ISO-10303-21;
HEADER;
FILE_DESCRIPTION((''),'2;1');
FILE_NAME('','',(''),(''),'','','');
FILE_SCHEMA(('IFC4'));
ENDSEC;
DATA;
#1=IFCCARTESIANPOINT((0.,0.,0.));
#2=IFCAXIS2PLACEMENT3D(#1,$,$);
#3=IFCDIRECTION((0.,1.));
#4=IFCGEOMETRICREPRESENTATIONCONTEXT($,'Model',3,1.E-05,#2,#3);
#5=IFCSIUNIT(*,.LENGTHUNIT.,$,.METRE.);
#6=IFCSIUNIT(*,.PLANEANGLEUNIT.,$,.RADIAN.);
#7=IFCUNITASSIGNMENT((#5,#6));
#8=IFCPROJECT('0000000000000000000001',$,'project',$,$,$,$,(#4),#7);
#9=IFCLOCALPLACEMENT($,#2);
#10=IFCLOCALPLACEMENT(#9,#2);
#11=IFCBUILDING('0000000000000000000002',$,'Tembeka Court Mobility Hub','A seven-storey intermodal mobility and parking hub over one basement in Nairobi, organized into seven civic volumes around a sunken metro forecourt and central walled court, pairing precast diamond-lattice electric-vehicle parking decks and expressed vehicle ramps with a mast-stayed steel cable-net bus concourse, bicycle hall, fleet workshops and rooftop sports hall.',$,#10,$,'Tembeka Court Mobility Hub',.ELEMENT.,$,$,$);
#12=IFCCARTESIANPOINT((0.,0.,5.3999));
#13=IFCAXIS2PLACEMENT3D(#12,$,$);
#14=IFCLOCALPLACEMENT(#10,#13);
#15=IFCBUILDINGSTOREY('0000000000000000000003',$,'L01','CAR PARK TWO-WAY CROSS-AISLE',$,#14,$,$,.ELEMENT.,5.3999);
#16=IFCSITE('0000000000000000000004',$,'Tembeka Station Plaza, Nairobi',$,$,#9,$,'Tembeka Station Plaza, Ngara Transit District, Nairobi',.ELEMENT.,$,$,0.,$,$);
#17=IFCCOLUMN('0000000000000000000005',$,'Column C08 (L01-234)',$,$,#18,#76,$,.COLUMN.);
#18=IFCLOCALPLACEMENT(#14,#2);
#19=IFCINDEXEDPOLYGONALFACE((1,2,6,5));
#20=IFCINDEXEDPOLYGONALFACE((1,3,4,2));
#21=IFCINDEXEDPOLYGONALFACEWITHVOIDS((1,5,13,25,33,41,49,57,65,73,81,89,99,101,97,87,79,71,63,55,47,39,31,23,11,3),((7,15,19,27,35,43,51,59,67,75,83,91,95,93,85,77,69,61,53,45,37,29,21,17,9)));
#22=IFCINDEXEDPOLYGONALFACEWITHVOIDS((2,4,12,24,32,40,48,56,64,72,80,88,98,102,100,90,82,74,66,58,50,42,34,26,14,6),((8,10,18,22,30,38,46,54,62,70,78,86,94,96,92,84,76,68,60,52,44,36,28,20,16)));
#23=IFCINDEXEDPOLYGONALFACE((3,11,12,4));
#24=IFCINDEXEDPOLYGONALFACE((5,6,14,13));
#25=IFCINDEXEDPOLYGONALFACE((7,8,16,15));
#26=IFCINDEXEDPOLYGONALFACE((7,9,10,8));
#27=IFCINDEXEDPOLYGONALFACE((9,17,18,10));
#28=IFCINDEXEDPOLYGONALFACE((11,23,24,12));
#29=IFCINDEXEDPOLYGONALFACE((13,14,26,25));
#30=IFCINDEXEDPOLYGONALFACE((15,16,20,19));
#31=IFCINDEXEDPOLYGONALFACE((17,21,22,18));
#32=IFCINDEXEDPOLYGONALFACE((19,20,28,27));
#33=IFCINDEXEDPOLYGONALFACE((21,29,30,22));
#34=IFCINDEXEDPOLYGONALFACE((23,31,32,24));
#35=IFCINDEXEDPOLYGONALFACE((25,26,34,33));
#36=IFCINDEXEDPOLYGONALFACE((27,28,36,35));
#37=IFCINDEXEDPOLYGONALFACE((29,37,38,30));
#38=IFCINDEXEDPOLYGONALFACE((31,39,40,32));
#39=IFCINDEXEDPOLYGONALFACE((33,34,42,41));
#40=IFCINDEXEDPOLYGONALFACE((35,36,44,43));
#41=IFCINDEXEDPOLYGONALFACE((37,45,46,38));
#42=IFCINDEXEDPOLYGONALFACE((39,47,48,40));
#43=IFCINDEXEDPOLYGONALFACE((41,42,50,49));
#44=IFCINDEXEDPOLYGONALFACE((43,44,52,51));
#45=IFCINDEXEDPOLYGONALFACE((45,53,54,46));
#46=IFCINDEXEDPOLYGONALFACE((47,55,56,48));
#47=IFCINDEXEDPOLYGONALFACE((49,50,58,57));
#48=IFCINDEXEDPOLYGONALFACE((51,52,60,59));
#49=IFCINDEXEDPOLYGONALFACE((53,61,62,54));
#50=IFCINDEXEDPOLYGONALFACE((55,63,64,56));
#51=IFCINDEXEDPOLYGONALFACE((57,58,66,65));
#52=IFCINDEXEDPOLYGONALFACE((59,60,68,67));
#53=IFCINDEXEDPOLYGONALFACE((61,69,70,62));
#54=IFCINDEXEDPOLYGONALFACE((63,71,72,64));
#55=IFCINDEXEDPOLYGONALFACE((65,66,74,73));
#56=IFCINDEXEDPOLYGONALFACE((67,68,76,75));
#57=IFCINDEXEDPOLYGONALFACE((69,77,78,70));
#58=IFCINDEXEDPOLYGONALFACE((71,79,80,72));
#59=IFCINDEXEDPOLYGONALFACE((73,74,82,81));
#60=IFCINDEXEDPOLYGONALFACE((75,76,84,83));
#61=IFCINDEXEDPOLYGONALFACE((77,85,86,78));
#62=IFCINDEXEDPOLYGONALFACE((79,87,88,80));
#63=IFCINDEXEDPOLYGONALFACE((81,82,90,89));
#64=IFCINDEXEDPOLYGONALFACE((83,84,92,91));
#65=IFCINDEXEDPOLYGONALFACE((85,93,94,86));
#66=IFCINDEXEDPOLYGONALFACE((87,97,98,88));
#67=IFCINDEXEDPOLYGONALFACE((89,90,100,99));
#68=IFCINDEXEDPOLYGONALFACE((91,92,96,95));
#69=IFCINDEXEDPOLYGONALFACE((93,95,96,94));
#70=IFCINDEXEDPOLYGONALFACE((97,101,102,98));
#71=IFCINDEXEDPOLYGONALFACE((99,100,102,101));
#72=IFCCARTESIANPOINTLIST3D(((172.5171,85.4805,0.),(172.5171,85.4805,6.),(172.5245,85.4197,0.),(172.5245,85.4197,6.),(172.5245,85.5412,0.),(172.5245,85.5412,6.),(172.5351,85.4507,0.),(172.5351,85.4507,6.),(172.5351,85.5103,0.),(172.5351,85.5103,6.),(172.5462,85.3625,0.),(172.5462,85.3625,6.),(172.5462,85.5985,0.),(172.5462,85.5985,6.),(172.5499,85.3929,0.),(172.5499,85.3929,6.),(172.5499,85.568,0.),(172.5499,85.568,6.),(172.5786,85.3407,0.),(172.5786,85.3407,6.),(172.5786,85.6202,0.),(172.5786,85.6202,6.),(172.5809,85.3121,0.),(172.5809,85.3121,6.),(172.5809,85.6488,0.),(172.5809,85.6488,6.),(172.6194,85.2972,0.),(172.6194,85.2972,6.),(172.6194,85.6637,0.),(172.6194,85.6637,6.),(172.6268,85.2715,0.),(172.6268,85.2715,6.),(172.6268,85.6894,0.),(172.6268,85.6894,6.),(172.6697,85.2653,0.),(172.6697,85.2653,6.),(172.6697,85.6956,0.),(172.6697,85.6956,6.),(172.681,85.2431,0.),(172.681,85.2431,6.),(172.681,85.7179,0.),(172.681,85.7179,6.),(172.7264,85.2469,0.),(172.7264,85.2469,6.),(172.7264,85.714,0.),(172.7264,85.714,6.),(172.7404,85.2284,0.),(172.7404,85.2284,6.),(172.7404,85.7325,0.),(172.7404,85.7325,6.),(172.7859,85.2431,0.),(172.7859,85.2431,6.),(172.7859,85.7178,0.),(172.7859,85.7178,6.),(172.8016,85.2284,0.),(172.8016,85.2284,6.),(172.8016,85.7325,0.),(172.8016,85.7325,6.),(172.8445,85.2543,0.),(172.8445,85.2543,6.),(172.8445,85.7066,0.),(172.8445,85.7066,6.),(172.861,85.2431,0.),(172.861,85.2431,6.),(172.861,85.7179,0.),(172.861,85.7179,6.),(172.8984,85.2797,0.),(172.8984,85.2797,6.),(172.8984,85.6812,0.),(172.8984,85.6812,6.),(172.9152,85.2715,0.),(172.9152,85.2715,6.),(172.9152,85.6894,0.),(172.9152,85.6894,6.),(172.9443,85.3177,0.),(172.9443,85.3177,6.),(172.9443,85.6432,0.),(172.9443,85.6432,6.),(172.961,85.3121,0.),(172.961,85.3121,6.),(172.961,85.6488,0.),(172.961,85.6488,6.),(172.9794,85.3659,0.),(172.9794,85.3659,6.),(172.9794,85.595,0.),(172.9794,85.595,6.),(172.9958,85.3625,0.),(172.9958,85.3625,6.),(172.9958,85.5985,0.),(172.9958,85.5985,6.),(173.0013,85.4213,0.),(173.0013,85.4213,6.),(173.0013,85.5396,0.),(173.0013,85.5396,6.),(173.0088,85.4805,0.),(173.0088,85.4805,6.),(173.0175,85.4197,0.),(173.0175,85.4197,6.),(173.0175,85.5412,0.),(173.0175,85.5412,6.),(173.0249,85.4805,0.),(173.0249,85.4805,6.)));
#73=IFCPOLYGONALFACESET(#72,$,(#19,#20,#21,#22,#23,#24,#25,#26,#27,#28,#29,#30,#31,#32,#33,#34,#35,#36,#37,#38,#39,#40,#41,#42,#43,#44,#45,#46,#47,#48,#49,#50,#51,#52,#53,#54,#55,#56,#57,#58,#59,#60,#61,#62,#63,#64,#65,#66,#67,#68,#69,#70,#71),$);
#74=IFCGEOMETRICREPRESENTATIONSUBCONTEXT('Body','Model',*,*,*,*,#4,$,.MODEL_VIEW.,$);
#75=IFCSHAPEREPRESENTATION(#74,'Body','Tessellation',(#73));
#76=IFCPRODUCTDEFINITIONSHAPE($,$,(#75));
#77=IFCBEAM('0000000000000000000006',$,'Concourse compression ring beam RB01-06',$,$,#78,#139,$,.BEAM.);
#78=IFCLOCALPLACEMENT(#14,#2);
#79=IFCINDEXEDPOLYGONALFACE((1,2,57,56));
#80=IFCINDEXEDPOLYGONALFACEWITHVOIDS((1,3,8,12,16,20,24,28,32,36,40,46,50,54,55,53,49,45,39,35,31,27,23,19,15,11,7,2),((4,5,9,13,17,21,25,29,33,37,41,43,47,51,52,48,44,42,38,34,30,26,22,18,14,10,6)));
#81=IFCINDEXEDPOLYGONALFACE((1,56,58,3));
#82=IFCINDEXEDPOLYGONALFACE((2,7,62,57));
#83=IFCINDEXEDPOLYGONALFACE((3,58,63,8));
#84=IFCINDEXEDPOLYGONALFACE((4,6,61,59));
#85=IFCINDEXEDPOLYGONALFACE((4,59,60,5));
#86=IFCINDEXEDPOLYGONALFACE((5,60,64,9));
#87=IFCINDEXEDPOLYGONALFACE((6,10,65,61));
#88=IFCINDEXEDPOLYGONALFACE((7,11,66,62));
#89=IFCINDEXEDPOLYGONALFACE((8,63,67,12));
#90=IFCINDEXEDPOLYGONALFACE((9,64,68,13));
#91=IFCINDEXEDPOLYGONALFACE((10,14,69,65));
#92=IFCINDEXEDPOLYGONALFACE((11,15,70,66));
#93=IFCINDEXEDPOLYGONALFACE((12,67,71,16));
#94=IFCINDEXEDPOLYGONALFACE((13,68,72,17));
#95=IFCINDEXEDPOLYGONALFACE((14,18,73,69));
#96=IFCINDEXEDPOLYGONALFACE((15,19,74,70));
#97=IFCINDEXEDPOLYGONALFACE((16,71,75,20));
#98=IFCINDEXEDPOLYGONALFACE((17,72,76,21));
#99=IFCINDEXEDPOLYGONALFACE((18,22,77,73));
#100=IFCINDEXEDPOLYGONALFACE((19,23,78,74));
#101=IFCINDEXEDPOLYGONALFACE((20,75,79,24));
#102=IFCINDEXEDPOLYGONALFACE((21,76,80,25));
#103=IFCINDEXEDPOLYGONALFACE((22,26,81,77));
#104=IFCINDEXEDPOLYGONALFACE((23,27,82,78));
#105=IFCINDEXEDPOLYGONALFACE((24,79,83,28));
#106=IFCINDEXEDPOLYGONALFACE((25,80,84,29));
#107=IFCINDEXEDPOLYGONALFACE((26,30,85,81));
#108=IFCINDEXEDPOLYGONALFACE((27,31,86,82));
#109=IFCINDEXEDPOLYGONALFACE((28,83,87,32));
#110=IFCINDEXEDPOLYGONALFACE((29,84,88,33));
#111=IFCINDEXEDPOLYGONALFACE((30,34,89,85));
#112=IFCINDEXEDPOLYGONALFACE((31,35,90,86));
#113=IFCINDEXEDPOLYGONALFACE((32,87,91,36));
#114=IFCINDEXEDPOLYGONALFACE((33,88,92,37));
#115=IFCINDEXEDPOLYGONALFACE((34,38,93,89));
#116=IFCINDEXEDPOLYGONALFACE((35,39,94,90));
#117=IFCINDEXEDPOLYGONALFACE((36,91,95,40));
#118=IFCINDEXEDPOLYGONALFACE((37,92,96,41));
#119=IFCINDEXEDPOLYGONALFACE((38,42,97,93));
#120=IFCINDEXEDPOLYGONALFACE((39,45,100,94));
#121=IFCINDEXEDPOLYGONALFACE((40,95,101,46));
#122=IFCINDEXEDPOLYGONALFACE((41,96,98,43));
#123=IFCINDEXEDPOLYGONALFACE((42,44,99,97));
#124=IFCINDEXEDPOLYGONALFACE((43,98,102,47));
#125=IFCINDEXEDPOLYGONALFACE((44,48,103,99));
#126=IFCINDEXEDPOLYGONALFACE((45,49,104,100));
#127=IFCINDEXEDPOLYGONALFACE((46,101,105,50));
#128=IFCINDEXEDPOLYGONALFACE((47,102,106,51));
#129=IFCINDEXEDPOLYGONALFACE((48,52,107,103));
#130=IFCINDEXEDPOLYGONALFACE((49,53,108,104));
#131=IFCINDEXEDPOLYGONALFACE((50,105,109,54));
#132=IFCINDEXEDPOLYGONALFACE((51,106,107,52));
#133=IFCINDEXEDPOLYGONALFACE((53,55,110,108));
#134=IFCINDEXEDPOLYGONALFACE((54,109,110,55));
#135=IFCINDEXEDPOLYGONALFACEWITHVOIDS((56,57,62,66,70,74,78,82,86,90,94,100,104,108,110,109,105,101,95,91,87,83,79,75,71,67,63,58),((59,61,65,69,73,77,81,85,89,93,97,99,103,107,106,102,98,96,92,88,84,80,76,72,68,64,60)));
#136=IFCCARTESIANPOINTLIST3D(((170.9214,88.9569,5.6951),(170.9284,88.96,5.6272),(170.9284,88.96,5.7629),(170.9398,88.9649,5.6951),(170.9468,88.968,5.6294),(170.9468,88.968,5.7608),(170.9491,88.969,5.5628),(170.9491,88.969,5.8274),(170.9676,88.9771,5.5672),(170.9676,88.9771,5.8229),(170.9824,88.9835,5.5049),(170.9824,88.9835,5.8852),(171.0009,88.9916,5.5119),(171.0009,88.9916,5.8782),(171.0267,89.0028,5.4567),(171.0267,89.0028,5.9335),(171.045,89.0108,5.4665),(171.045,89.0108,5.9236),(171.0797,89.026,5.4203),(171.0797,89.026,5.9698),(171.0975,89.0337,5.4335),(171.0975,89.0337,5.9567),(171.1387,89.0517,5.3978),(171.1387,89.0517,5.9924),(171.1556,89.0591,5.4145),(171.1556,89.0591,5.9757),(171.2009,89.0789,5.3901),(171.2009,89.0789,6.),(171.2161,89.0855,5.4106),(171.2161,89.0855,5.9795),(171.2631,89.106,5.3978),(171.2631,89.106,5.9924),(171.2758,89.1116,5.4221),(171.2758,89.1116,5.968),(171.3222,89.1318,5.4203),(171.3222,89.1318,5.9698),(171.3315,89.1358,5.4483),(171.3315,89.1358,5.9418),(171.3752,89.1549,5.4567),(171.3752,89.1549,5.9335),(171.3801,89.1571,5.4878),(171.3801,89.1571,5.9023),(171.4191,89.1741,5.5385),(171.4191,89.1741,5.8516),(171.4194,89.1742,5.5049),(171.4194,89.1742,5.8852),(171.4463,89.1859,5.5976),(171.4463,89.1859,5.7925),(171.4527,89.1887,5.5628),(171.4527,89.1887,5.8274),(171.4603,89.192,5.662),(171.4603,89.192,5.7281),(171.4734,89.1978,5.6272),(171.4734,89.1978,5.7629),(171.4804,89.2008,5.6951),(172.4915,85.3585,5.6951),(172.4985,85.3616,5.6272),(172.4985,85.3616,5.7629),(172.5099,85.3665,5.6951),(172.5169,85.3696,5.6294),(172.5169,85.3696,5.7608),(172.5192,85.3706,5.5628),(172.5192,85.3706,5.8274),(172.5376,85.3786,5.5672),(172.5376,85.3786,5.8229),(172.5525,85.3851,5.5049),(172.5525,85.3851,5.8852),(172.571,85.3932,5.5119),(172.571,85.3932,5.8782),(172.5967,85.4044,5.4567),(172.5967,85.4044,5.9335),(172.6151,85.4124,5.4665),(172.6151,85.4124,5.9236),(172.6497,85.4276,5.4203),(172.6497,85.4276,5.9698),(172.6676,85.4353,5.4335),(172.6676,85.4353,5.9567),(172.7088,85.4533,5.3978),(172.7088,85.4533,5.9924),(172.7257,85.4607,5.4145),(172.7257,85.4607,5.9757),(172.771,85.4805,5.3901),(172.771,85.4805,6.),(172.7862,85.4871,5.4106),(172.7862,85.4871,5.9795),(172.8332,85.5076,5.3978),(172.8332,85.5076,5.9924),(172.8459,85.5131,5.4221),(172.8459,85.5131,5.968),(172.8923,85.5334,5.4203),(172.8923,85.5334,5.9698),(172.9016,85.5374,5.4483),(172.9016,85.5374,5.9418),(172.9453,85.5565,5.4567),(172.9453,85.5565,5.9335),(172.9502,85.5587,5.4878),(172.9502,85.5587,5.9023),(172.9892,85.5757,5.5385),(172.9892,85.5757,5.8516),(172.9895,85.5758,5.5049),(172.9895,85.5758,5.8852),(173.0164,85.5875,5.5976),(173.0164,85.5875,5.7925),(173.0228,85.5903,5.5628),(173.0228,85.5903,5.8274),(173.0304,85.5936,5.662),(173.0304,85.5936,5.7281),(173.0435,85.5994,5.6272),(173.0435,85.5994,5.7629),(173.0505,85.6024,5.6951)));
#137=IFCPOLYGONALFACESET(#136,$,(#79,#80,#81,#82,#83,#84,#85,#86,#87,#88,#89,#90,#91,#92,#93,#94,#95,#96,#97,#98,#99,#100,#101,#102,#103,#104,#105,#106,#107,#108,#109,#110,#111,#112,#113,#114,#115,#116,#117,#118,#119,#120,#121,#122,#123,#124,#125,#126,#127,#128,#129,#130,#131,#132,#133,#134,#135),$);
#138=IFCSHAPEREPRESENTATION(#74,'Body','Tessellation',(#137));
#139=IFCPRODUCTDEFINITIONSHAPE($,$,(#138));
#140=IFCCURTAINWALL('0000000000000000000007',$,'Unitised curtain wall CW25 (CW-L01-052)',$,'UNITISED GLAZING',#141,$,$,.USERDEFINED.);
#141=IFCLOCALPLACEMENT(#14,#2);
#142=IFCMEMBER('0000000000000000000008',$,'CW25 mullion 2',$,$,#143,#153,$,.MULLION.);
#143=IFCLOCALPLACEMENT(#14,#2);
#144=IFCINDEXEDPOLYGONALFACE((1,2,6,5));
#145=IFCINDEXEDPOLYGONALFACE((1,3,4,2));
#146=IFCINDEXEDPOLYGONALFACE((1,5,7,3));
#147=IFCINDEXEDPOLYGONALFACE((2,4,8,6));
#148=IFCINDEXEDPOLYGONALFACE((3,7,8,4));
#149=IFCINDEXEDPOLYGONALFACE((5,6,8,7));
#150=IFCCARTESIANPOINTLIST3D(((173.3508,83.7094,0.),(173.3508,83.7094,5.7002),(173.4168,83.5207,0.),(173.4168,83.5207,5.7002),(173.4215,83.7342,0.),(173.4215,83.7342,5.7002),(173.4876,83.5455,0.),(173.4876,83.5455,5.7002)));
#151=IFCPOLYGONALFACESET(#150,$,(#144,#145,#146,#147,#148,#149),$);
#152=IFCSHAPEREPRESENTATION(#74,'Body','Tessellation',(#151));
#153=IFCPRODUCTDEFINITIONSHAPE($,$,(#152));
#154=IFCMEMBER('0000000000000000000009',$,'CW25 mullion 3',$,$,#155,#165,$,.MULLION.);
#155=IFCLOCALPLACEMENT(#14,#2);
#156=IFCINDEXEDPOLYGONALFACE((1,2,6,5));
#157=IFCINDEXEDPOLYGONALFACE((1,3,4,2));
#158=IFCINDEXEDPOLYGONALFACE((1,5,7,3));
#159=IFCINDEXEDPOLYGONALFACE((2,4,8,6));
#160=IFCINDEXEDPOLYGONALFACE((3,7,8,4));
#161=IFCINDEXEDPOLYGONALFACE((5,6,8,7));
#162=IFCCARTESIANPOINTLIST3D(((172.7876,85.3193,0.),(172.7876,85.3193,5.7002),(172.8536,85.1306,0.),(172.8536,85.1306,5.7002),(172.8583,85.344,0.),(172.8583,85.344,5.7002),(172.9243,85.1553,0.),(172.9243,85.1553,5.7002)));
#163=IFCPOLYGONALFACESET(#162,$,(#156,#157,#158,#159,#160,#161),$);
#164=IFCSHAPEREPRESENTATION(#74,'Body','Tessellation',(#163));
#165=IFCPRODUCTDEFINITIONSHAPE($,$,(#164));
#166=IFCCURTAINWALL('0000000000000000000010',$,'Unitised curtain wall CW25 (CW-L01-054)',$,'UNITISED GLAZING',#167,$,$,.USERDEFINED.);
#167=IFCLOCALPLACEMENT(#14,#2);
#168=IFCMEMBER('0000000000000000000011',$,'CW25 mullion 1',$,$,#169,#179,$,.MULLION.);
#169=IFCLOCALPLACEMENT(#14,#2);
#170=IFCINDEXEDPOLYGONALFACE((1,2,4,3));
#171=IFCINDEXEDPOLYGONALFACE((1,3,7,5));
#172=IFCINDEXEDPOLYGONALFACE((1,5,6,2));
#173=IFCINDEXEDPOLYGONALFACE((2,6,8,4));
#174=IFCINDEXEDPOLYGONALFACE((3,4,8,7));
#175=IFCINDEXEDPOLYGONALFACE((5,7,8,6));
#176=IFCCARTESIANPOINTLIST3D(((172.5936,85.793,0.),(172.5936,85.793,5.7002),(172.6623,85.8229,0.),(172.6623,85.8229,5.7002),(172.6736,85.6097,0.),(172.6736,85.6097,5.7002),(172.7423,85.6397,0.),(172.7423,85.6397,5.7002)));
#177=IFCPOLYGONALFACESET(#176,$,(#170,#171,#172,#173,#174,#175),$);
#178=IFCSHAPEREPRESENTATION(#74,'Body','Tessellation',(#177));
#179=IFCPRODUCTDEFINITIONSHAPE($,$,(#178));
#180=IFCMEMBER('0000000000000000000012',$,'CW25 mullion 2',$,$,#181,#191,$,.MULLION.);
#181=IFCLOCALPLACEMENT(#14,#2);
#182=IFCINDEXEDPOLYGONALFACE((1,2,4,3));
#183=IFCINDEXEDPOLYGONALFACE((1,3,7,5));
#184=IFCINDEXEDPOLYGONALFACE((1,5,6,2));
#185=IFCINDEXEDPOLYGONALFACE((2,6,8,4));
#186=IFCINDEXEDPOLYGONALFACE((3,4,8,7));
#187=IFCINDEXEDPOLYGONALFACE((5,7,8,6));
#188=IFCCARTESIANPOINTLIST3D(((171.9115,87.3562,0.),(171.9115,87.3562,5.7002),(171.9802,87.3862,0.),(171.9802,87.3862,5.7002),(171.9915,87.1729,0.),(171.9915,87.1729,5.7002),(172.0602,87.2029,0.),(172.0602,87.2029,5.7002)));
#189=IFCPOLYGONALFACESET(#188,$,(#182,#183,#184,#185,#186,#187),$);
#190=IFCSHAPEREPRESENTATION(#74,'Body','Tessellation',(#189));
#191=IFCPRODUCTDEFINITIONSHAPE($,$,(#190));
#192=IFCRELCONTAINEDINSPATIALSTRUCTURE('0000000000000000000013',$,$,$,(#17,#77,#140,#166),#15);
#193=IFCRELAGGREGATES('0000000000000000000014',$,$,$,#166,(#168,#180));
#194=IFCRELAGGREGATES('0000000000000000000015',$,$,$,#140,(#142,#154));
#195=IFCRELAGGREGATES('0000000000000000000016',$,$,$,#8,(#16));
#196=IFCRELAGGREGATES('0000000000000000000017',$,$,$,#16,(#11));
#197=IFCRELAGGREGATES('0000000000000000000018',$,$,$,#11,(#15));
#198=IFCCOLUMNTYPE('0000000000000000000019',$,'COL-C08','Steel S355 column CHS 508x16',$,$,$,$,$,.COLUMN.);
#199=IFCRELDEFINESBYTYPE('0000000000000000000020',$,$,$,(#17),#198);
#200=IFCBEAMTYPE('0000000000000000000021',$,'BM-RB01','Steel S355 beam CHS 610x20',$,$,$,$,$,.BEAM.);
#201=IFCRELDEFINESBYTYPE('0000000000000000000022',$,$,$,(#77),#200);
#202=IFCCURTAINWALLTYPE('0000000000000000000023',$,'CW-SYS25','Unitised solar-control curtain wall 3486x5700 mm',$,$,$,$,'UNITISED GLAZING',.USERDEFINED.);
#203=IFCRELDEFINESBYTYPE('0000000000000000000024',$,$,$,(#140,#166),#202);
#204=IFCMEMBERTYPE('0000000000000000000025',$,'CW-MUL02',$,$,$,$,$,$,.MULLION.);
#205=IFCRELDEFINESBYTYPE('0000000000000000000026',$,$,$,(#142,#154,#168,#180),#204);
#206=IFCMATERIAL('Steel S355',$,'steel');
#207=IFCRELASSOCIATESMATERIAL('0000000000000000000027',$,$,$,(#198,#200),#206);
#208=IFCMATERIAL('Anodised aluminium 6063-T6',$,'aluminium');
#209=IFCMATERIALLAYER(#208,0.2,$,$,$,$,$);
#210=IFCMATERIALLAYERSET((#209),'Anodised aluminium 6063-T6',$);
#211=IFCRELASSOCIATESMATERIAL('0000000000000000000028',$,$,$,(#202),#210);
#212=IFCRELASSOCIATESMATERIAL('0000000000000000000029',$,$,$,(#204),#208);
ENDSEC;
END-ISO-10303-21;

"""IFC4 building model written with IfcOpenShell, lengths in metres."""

from ifc_helpers import new_model, si_unit, direction, frame, origin, origin_2d, place, context, subcontext, project, spatial, rectangle, hollow_circle, extrude, material, layer, layer_set, material_profile, profile_set, type_object, element, aggregate, save


model = new_model("IFC4")

# Units and contexts
model_context = context("Model", 3, precision=1e-05, world=origin(), true_north=direction((0.0, 1.0)))
body_context = subcontext(model_context, "Body", "Model", "MODEL_VIEW")
ifc_project = project(units=[si_unit("LENGTHUNIT", "METRE"), si_unit("PLANEANGLEUNIT", "RADIAN")], contexts=[model_context])

# Site, building, storey
site_placement = place(None, origin())
site = spatial("IfcSite", under=ifc_project, at=site_placement, Name="Tembeka Station Plaza, Nairobi", LongName="Tembeka Station Plaza, Ngara Transit District, Nairobi", CompositionType="ELEMENT", RefElevation=0.0)
building_placement = place(site_placement, origin())
building = spatial("IfcBuilding", under=site, at=building_placement, Name="Tembeka Court Mobility Hub", Description="A seven-storey intermodal mobility and parking hub over one basement in Nairobi, organized into seven civic volumes around a sunken metro forecourt and central walled court, pairing precast diamond-lattice electric-vehicle parking decks and expressed vehicle ramps with a mast-stayed steel cable-net bus concourse, bicycle hall, fleet workshops and rooftop sports hall.", LongName="Tembeka Court Mobility Hub", CompositionType="ELEMENT")
storey_placement = place(building_placement, frame((0.0, 0.0, 5.3999)))
storey = spatial("IfcBuildingStorey", under=building, at=storey_placement, Name="L01", Description="CAR PARK TWO-WAY CROSS-AISLE", CompositionType="ELEMENT", Elevation=5.3999)

# Column
ifc_material_1 = material(Name="Steel S355", Category="steel")
ifc_material_profile_1 = material_profile(ifc_material_1, hollow_circle(Radius=0.2539, WallThickness=0.0161, at=origin_2d()), Name="CHS 508x16")
ifc_profile_set_1 = profile_set([ifc_material_profile_1], Name="Steel S355")
column_type = type_object("IfcColumnType", Name="COL-C08", Description="Steel S355 column CHS 508x16", PredefinedType="COLUMN", material=ifc_profile_set_1)
column_placement = place(storey_placement, frame((172.771, 85.4805, 0.0), z_axis=(0.0, 0.0, 1.0), x_axis=(1.0, 0.0, 0.0)))
element("IfcColumn", 1, at=column_placement, inside=storey, type_object=column_type, Name="Column C08 (L01-234)", PredefinedType="COLUMN", context=body_context, shape_type="SweptSolid", body=[
    extrude(hollow_circle(Radius=0.2539, WallThickness=0.0161, at=origin_2d()), origin(), (0.0, 0.0, 1.0), 6.0),
])

# Beam
ifc_material_profile_2 = material_profile(ifc_material_1, hollow_circle(Radius=0.3049, WallThickness=0.02, at=origin_2d()), Name="CHS 610x20")
ifc_profile_set_2 = profile_set([ifc_material_profile_2], Name="Steel S355")
beam_type = type_object("IfcBeamType", Name="BM-RB01", Description="Steel S355 beam CHS 610x20", PredefinedType="BEAM", material=ifc_profile_set_2)
beam_placement = place(storey_placement, frame((172.771, 85.4805, 5.6951), z_axis=(-0.399915, 0.916552, 0.0), x_axis=(-0.916552, -0.399915, 0.0)))
element("IfcBeam", 2, at=beam_placement, inside=storey, type_object=beam_type, Name="Concourse compression ring beam RB01-06", PredefinedType="BEAM", context=body_context, shape_type="SweptSolid", body=[
    extrude(hollow_circle(Radius=0.3049, WallThickness=0.02, at=origin_2d()), origin(), (0.0, 0.0, 1.0), 3.926),
])

# Curtain walls, members
ifc_material_2 = material(Name="Anodised aluminium 6063-T6", Category="aluminium")
ifc_layer_1 = layer(ifc_material_2, 0.2)
ifc_layer_set_1 = layer_set([ifc_layer_1], Name="Anodised aluminium 6063-T6")
curtain_wall_type = type_object("IfcCurtainWallType", Name="CW-SYS25", Description="Unitised solar-control curtain wall 3486x5700 mm", ElementType="UNITISED GLAZING", PredefinedType="USERDEFINED", material=ifc_layer_set_1)
curtain_wall_1_placement = place(storey_placement, origin())
curtain_wall_1 = element("IfcCurtainWall", 3, at=curtain_wall_1_placement, inside=storey, type_object=curtain_wall_type, Name="Unitised curtain wall CW25 (CW-L01-052)", ObjectType="UNITISED GLAZING", PredefinedType="USERDEFINED")
ifc_material_profile_3 = material_profile(ifc_material_2, rectangle(XDim=0.075, YDim=0.2, at=origin_2d()), Name="ALU-MUL 75x200")
ifc_profile_set_3 = profile_set([ifc_material_profile_3], Name="Anodised aluminium 6063-T6")
member_type_1 = type_object("IfcMemberType", Name="CW-MUL02", PredefinedType="MULLION", material=ifc_profile_set_3)
member_1_placement = place(storey_placement, frame((173.4192, 83.6274, 0.0), z_axis=(0.0, 0.0, 1.0), x_axis=(-0.943889, -0.330264, 0.0)))
member_1 = element("IfcMember", 4, at=member_1_placement, type_object=member_type_1, Name="CW25 mullion 2", PredefinedType="MULLION", context=body_context, shape_type="SweptSolid", body=[
    extrude(rectangle(XDim=0.075, YDim=0.2, at=origin_2d()), origin(), (0.0, 0.0, 1.0), 5.7002),
])
member_2_placement = place(storey_placement, frame((172.856, 85.2373, 0.0), z_axis=(0.0, 0.0, 1.0), x_axis=(-0.943889, -0.330264, 0.0)))
member_2 = element("IfcMember", 5, at=member_2_placement, type_object=member_type_1, Name="CW25 mullion 3", PredefinedType="MULLION", context=body_context, shape_type="SweptSolid", body=[
    extrude(rectangle(XDim=0.075, YDim=0.2, at=origin_2d()), origin(), (0.0, 0.0, 1.0), 5.7002),
])
curtain_wall_2_placement = place(storey_placement, origin())
curtain_wall_2 = element("IfcCurtainWall", 6, at=curtain_wall_2_placement, inside=storey, type_object=curtain_wall_type, Name="Unitised curtain wall CW25 (CW-L01-054)", ObjectType="UNITISED GLAZING", PredefinedType="USERDEFINED")
member_3_placement = place(storey_placement, frame((172.668, 85.7163, 0.0), z_axis=(0.0, 0.0, 1.0), x_axis=(-0.916572, -0.399869, 0.0)))
member_3 = element("IfcMember", 7, at=member_3_placement, type_object=member_type_1, Name="CW25 mullion 1", PredefinedType="MULLION", context=body_context, shape_type="SweptSolid", body=[
    extrude(rectangle(XDim=0.075, YDim=0.2, at=origin_2d()), origin(), (0.0, 0.0, 1.0), 5.7002),
])
member_4_placement = place(storey_placement, frame((171.9858, 87.2795, 0.0), z_axis=(0.0, 0.0, 1.0), x_axis=(-0.916572, -0.399869, 0.0)))
member_4 = element("IfcMember", 8, at=member_4_placement, type_object=member_type_1, Name="CW25 mullion 2", PredefinedType="MULLION", context=body_context, shape_type="SweptSolid", body=[
    extrude(rectangle(XDim=0.075, YDim=0.2, at=origin_2d()), origin(), (0.0, 0.0, 1.0), 5.7002),
])

aggregate(curtain_wall_2, [member_3, member_4])
aggregate(curtain_wall_1, [member_1, member_2])

save(model, "model.ifc")
